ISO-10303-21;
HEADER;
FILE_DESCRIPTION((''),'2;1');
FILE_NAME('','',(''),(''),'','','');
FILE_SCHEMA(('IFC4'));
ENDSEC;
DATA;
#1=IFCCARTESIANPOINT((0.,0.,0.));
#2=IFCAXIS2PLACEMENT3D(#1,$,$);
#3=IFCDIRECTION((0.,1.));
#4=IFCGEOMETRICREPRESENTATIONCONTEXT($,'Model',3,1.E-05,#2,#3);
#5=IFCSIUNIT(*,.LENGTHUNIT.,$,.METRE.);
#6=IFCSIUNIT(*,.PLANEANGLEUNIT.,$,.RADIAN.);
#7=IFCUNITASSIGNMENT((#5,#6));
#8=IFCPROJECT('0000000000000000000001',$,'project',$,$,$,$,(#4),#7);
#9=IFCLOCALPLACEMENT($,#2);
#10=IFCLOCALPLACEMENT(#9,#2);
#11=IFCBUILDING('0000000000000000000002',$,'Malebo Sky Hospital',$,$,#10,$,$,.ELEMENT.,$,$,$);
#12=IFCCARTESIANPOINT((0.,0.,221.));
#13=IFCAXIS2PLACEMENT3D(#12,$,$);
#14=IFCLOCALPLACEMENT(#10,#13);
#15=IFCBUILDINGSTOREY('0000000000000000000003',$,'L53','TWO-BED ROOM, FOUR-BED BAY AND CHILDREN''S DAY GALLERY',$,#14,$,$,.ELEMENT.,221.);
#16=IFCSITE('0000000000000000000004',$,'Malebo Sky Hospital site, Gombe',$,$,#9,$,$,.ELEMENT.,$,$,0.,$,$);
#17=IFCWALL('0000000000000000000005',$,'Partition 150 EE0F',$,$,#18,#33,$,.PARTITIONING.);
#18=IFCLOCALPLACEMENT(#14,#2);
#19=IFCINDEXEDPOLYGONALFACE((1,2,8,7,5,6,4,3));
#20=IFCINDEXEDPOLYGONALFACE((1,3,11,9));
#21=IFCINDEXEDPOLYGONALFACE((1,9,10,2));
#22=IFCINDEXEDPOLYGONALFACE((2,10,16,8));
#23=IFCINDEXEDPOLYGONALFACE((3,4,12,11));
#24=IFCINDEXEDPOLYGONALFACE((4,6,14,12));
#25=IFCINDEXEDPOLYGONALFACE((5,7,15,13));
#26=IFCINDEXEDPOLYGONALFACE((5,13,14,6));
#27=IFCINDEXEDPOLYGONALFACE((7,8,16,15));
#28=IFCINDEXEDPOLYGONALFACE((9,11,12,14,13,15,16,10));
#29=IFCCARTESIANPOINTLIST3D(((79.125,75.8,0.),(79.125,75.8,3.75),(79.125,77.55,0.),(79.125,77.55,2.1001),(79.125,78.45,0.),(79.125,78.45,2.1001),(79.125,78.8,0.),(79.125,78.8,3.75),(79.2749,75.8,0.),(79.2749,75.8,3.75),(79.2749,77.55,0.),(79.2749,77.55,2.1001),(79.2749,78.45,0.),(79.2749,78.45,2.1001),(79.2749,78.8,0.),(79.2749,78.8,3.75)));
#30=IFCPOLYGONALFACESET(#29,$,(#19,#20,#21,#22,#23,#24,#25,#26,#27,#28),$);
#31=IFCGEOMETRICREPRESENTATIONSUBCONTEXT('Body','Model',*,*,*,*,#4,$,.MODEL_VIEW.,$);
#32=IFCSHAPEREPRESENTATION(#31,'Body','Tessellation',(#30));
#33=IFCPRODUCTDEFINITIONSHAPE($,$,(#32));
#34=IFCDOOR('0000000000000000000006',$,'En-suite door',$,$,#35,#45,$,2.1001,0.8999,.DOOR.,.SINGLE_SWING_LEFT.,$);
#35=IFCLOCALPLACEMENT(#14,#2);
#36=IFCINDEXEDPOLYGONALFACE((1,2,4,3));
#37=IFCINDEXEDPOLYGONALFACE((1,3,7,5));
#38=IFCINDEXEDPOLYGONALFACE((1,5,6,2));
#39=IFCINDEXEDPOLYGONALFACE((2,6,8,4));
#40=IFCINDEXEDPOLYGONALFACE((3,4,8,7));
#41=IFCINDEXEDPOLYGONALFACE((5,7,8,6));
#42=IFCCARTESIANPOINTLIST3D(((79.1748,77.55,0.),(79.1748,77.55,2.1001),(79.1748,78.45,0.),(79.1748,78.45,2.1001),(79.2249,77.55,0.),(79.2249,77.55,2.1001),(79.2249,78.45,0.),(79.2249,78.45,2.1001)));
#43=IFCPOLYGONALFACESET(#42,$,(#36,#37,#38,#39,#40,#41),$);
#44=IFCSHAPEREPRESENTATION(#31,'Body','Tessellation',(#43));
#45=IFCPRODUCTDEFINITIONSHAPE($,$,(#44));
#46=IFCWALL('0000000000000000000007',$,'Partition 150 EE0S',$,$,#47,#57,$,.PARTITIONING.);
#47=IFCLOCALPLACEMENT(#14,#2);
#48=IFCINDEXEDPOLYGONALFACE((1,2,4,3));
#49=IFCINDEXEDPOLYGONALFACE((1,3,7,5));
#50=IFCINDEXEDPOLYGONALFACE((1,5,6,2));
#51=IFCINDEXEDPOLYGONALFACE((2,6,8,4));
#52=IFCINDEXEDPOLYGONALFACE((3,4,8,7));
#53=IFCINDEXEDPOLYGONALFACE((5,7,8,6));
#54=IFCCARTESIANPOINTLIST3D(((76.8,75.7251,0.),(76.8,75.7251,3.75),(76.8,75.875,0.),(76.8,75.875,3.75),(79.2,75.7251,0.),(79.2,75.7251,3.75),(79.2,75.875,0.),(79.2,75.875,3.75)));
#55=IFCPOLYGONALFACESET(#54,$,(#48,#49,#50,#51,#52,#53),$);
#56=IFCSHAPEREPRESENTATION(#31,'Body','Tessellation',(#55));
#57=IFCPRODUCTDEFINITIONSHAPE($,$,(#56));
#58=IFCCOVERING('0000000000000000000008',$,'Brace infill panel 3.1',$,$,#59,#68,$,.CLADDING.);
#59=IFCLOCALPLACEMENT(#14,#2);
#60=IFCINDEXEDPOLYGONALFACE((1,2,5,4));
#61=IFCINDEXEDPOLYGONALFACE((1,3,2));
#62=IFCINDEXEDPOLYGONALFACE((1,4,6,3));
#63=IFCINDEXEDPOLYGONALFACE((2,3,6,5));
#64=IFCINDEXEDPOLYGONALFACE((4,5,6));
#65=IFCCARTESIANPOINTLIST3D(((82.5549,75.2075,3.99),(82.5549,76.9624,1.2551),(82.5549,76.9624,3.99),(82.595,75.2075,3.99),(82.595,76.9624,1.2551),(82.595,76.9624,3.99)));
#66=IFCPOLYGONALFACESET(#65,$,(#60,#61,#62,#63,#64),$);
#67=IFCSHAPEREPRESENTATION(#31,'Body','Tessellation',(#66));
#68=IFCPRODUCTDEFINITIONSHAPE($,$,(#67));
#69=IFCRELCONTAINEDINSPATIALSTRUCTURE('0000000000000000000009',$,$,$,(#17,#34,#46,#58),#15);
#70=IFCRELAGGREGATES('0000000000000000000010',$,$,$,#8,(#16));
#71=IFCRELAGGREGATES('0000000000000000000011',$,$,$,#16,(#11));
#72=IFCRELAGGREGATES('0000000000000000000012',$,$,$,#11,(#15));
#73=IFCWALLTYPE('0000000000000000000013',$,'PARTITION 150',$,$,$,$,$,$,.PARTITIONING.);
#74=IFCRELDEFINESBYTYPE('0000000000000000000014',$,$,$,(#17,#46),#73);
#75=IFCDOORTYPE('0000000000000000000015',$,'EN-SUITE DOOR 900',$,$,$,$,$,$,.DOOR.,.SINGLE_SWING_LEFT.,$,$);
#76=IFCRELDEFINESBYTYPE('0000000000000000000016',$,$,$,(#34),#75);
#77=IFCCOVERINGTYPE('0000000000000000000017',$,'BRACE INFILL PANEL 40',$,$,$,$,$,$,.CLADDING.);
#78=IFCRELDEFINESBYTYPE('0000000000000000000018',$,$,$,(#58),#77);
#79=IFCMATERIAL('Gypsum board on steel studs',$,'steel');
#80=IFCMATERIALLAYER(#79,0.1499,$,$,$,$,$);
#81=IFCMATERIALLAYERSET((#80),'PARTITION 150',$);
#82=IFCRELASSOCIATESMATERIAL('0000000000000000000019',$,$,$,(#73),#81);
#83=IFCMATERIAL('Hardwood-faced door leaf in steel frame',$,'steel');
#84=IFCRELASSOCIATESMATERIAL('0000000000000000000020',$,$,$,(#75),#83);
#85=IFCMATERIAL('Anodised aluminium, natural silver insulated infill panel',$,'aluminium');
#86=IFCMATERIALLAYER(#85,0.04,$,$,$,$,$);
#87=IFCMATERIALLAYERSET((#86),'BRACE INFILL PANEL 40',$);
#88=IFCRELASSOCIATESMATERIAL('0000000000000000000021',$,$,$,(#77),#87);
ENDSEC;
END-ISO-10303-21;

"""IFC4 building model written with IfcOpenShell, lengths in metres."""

from ifc_helpers import new_model, si_unit, direction, frame, frame_2d, origin, place, context, subcontext, project, spatial, polyline, rectangle, outline, extrude, material, layer, layer_set, type_object, element, fill, save


model = new_model("IFC4")

# Units and contexts
model_context = context("Model", 3, precision=1e-05, world=origin(), true_north=direction((0.0, 1.0)))
body_context = subcontext(model_context, "Body", "Model", "MODEL_VIEW")
ifc_project = project(units=[si_unit("LENGTHUNIT", "METRE"), si_unit("PLANEANGLEUNIT", "RADIAN")], contexts=[model_context])

# Site, building, storey
site_placement = place(None, origin())
site = spatial("IfcSite", under=ifc_project, at=site_placement, Name="Malebo Sky Hospital site, Gombe", CompositionType="ELEMENT", RefElevation=0.0)
building_placement = place(site_placement, origin())
building = spatial("IfcBuilding", under=site, at=building_placement, Name="Malebo Sky Hospital", CompositionType="ELEMENT")
storey_placement = place(building_placement, frame((0.0, 0.0, 221.0)))
storey = spatial("IfcBuildingStorey", under=building, at=storey_placement, Name="L53", Description="TWO-BED ROOM, FOUR-BED BAY AND CHILDREN'S DAY GALLERY", CompositionType="ELEMENT", Elevation=221.0)

# Shared definitions
ifc_material_1 = material(Name="Gypsum board on steel studs", Category="steel")
ifc_material_2 = material(Name="Hardwood-faced door leaf in steel frame", Category="steel")

# Shared definitions
ifc_layer_1 = layer(ifc_material_1, 0.1499)
ifc_layer_set_1 = layer_set([ifc_layer_1], Name="PARTITION 150")
wall_type_1 = type_object("IfcWallType", Name="PARTITION 150", PredefinedType="PARTITIONING", material=ifc_layer_set_1)

# Wall, opening, door
wall_1_placement = place(storey_placement, frame((79.2, 78.8, 0.0), z_axis=(0.0, 0.0, 1.0), x_axis=(0.0, -1.0, 0.0)))
wall_1 = element("IfcWall", 1, at=wall_1_placement, inside=storey, type_object=wall_type_1, Name="Partition 150 EE0F", PredefinedType="PARTITIONING", context=body_context, shape_type="SweptSolid", body=[
    extrude(rectangle(XDim=3.0, YDim=0.1499, at=frame_2d((1.5, 0.0))), origin(), (0.0, 0.0, 1.0), 3.75),
])
opening_1_placement = place(wall_1_placement, frame((0.3501, 0.0, 0.0)))
opening_1 = element("IfcOpeningElement", 2, at=opening_1_placement, cuts=wall_1, PredefinedType="OPENING", context=body_context, shape_type="SweptSolid", body=[
    extrude(rectangle(XDim=0.8999, YDim=2.1001, at=frame_2d((0.45, 1.05))), frame((0.0, 0.085, 0.0), z_axis=(0.0, -1.0, 0.0), x_axis=(1.0, 0.0, 0.0)), (0.0, 0.0, 1.0), 0.1699),
])
door_type_1 = type_object("IfcDoorType", Name="EN-SUITE DOOR 900", OperationType="SINGLE_SWING_LEFT", PredefinedType="DOOR", material=ifc_material_2)
door_1_placement = place(opening_1_placement, origin())
door_1 = element("IfcDoor", 3, at=door_1_placement, inside=storey, type_object=door_type_1, Name="En-suite door", OperationType="SINGLE_SWING_LEFT", OverallHeight=2.1001, OverallWidth=0.8999, PredefinedType="DOOR", context=body_context, shape_type="SweptSolid", body=[
    extrude(rectangle(XDim=0.8999, YDim=2.1001, at=frame_2d((0.45, 1.05))), frame((0.0, 0.0249, 0.0), z_axis=(0.0, -1.0, 0.0), x_axis=(1.0, 0.0, 0.0)), (0.0, 0.0, 1.0), 0.05),
])
fill(opening_1, door_1)

# Wall
wall_2_placement = place(storey_placement, frame((76.8, 75.8, 0.0), z_axis=(0.0, 0.0, 1.0), x_axis=(1.0, 0.0, 0.0)))
element("IfcWall", 4, at=wall_2_placement, inside=storey, type_object=wall_type_1, Name="Partition 150 EE0S", PredefinedType="PARTITIONING", context=body_context, shape_type="SweptSolid", body=[
    extrude(rectangle(XDim=2.3999, YDim=0.1499, at=frame_2d((1.2, 0.0))), origin(), (0.0, 0.0, 1.0), 3.75),
])

# Covering
ifc_material_3 = material(Name="Anodised aluminium, natural silver insulated infill panel", Category="aluminium")
ifc_layer_2 = layer(ifc_material_3, 0.04)
ifc_layer_set_2 = layer_set([ifc_layer_2], Name="BRACE INFILL PANEL 40")
covering_type = type_object("IfcCoveringType", Name="BRACE INFILL PANEL 40", PredefinedType="CLADDING", material=ifc_layer_set_2)
covering_placement = place(storey_placement, frame((82.575, 76.085, 1.2551), z_axis=(0.0, 0.0, 1.0), x_axis=(0.0, -1.0, 0.0)))
element("IfcCovering", 5, at=covering_placement, inside=storey, type_object=covering_type, Name="Brace infill panel 3.1", PredefinedType="CLADDING", context=body_context, shape_type="SweptSolid", body=[
    extrude(outline(polyline([(-0.8774, 0.0), (0.8774, 2.7349), (-0.8774, 2.7349), (-0.8774, 0.0)])), frame((0.0, 0.02, 0.0), z_axis=(0.0, -1.0, 0.0), x_axis=(1.0, 0.0, 0.0)), (0.0, 0.0, 1.0), 0.04),
])

save(model, "model.ifc")
